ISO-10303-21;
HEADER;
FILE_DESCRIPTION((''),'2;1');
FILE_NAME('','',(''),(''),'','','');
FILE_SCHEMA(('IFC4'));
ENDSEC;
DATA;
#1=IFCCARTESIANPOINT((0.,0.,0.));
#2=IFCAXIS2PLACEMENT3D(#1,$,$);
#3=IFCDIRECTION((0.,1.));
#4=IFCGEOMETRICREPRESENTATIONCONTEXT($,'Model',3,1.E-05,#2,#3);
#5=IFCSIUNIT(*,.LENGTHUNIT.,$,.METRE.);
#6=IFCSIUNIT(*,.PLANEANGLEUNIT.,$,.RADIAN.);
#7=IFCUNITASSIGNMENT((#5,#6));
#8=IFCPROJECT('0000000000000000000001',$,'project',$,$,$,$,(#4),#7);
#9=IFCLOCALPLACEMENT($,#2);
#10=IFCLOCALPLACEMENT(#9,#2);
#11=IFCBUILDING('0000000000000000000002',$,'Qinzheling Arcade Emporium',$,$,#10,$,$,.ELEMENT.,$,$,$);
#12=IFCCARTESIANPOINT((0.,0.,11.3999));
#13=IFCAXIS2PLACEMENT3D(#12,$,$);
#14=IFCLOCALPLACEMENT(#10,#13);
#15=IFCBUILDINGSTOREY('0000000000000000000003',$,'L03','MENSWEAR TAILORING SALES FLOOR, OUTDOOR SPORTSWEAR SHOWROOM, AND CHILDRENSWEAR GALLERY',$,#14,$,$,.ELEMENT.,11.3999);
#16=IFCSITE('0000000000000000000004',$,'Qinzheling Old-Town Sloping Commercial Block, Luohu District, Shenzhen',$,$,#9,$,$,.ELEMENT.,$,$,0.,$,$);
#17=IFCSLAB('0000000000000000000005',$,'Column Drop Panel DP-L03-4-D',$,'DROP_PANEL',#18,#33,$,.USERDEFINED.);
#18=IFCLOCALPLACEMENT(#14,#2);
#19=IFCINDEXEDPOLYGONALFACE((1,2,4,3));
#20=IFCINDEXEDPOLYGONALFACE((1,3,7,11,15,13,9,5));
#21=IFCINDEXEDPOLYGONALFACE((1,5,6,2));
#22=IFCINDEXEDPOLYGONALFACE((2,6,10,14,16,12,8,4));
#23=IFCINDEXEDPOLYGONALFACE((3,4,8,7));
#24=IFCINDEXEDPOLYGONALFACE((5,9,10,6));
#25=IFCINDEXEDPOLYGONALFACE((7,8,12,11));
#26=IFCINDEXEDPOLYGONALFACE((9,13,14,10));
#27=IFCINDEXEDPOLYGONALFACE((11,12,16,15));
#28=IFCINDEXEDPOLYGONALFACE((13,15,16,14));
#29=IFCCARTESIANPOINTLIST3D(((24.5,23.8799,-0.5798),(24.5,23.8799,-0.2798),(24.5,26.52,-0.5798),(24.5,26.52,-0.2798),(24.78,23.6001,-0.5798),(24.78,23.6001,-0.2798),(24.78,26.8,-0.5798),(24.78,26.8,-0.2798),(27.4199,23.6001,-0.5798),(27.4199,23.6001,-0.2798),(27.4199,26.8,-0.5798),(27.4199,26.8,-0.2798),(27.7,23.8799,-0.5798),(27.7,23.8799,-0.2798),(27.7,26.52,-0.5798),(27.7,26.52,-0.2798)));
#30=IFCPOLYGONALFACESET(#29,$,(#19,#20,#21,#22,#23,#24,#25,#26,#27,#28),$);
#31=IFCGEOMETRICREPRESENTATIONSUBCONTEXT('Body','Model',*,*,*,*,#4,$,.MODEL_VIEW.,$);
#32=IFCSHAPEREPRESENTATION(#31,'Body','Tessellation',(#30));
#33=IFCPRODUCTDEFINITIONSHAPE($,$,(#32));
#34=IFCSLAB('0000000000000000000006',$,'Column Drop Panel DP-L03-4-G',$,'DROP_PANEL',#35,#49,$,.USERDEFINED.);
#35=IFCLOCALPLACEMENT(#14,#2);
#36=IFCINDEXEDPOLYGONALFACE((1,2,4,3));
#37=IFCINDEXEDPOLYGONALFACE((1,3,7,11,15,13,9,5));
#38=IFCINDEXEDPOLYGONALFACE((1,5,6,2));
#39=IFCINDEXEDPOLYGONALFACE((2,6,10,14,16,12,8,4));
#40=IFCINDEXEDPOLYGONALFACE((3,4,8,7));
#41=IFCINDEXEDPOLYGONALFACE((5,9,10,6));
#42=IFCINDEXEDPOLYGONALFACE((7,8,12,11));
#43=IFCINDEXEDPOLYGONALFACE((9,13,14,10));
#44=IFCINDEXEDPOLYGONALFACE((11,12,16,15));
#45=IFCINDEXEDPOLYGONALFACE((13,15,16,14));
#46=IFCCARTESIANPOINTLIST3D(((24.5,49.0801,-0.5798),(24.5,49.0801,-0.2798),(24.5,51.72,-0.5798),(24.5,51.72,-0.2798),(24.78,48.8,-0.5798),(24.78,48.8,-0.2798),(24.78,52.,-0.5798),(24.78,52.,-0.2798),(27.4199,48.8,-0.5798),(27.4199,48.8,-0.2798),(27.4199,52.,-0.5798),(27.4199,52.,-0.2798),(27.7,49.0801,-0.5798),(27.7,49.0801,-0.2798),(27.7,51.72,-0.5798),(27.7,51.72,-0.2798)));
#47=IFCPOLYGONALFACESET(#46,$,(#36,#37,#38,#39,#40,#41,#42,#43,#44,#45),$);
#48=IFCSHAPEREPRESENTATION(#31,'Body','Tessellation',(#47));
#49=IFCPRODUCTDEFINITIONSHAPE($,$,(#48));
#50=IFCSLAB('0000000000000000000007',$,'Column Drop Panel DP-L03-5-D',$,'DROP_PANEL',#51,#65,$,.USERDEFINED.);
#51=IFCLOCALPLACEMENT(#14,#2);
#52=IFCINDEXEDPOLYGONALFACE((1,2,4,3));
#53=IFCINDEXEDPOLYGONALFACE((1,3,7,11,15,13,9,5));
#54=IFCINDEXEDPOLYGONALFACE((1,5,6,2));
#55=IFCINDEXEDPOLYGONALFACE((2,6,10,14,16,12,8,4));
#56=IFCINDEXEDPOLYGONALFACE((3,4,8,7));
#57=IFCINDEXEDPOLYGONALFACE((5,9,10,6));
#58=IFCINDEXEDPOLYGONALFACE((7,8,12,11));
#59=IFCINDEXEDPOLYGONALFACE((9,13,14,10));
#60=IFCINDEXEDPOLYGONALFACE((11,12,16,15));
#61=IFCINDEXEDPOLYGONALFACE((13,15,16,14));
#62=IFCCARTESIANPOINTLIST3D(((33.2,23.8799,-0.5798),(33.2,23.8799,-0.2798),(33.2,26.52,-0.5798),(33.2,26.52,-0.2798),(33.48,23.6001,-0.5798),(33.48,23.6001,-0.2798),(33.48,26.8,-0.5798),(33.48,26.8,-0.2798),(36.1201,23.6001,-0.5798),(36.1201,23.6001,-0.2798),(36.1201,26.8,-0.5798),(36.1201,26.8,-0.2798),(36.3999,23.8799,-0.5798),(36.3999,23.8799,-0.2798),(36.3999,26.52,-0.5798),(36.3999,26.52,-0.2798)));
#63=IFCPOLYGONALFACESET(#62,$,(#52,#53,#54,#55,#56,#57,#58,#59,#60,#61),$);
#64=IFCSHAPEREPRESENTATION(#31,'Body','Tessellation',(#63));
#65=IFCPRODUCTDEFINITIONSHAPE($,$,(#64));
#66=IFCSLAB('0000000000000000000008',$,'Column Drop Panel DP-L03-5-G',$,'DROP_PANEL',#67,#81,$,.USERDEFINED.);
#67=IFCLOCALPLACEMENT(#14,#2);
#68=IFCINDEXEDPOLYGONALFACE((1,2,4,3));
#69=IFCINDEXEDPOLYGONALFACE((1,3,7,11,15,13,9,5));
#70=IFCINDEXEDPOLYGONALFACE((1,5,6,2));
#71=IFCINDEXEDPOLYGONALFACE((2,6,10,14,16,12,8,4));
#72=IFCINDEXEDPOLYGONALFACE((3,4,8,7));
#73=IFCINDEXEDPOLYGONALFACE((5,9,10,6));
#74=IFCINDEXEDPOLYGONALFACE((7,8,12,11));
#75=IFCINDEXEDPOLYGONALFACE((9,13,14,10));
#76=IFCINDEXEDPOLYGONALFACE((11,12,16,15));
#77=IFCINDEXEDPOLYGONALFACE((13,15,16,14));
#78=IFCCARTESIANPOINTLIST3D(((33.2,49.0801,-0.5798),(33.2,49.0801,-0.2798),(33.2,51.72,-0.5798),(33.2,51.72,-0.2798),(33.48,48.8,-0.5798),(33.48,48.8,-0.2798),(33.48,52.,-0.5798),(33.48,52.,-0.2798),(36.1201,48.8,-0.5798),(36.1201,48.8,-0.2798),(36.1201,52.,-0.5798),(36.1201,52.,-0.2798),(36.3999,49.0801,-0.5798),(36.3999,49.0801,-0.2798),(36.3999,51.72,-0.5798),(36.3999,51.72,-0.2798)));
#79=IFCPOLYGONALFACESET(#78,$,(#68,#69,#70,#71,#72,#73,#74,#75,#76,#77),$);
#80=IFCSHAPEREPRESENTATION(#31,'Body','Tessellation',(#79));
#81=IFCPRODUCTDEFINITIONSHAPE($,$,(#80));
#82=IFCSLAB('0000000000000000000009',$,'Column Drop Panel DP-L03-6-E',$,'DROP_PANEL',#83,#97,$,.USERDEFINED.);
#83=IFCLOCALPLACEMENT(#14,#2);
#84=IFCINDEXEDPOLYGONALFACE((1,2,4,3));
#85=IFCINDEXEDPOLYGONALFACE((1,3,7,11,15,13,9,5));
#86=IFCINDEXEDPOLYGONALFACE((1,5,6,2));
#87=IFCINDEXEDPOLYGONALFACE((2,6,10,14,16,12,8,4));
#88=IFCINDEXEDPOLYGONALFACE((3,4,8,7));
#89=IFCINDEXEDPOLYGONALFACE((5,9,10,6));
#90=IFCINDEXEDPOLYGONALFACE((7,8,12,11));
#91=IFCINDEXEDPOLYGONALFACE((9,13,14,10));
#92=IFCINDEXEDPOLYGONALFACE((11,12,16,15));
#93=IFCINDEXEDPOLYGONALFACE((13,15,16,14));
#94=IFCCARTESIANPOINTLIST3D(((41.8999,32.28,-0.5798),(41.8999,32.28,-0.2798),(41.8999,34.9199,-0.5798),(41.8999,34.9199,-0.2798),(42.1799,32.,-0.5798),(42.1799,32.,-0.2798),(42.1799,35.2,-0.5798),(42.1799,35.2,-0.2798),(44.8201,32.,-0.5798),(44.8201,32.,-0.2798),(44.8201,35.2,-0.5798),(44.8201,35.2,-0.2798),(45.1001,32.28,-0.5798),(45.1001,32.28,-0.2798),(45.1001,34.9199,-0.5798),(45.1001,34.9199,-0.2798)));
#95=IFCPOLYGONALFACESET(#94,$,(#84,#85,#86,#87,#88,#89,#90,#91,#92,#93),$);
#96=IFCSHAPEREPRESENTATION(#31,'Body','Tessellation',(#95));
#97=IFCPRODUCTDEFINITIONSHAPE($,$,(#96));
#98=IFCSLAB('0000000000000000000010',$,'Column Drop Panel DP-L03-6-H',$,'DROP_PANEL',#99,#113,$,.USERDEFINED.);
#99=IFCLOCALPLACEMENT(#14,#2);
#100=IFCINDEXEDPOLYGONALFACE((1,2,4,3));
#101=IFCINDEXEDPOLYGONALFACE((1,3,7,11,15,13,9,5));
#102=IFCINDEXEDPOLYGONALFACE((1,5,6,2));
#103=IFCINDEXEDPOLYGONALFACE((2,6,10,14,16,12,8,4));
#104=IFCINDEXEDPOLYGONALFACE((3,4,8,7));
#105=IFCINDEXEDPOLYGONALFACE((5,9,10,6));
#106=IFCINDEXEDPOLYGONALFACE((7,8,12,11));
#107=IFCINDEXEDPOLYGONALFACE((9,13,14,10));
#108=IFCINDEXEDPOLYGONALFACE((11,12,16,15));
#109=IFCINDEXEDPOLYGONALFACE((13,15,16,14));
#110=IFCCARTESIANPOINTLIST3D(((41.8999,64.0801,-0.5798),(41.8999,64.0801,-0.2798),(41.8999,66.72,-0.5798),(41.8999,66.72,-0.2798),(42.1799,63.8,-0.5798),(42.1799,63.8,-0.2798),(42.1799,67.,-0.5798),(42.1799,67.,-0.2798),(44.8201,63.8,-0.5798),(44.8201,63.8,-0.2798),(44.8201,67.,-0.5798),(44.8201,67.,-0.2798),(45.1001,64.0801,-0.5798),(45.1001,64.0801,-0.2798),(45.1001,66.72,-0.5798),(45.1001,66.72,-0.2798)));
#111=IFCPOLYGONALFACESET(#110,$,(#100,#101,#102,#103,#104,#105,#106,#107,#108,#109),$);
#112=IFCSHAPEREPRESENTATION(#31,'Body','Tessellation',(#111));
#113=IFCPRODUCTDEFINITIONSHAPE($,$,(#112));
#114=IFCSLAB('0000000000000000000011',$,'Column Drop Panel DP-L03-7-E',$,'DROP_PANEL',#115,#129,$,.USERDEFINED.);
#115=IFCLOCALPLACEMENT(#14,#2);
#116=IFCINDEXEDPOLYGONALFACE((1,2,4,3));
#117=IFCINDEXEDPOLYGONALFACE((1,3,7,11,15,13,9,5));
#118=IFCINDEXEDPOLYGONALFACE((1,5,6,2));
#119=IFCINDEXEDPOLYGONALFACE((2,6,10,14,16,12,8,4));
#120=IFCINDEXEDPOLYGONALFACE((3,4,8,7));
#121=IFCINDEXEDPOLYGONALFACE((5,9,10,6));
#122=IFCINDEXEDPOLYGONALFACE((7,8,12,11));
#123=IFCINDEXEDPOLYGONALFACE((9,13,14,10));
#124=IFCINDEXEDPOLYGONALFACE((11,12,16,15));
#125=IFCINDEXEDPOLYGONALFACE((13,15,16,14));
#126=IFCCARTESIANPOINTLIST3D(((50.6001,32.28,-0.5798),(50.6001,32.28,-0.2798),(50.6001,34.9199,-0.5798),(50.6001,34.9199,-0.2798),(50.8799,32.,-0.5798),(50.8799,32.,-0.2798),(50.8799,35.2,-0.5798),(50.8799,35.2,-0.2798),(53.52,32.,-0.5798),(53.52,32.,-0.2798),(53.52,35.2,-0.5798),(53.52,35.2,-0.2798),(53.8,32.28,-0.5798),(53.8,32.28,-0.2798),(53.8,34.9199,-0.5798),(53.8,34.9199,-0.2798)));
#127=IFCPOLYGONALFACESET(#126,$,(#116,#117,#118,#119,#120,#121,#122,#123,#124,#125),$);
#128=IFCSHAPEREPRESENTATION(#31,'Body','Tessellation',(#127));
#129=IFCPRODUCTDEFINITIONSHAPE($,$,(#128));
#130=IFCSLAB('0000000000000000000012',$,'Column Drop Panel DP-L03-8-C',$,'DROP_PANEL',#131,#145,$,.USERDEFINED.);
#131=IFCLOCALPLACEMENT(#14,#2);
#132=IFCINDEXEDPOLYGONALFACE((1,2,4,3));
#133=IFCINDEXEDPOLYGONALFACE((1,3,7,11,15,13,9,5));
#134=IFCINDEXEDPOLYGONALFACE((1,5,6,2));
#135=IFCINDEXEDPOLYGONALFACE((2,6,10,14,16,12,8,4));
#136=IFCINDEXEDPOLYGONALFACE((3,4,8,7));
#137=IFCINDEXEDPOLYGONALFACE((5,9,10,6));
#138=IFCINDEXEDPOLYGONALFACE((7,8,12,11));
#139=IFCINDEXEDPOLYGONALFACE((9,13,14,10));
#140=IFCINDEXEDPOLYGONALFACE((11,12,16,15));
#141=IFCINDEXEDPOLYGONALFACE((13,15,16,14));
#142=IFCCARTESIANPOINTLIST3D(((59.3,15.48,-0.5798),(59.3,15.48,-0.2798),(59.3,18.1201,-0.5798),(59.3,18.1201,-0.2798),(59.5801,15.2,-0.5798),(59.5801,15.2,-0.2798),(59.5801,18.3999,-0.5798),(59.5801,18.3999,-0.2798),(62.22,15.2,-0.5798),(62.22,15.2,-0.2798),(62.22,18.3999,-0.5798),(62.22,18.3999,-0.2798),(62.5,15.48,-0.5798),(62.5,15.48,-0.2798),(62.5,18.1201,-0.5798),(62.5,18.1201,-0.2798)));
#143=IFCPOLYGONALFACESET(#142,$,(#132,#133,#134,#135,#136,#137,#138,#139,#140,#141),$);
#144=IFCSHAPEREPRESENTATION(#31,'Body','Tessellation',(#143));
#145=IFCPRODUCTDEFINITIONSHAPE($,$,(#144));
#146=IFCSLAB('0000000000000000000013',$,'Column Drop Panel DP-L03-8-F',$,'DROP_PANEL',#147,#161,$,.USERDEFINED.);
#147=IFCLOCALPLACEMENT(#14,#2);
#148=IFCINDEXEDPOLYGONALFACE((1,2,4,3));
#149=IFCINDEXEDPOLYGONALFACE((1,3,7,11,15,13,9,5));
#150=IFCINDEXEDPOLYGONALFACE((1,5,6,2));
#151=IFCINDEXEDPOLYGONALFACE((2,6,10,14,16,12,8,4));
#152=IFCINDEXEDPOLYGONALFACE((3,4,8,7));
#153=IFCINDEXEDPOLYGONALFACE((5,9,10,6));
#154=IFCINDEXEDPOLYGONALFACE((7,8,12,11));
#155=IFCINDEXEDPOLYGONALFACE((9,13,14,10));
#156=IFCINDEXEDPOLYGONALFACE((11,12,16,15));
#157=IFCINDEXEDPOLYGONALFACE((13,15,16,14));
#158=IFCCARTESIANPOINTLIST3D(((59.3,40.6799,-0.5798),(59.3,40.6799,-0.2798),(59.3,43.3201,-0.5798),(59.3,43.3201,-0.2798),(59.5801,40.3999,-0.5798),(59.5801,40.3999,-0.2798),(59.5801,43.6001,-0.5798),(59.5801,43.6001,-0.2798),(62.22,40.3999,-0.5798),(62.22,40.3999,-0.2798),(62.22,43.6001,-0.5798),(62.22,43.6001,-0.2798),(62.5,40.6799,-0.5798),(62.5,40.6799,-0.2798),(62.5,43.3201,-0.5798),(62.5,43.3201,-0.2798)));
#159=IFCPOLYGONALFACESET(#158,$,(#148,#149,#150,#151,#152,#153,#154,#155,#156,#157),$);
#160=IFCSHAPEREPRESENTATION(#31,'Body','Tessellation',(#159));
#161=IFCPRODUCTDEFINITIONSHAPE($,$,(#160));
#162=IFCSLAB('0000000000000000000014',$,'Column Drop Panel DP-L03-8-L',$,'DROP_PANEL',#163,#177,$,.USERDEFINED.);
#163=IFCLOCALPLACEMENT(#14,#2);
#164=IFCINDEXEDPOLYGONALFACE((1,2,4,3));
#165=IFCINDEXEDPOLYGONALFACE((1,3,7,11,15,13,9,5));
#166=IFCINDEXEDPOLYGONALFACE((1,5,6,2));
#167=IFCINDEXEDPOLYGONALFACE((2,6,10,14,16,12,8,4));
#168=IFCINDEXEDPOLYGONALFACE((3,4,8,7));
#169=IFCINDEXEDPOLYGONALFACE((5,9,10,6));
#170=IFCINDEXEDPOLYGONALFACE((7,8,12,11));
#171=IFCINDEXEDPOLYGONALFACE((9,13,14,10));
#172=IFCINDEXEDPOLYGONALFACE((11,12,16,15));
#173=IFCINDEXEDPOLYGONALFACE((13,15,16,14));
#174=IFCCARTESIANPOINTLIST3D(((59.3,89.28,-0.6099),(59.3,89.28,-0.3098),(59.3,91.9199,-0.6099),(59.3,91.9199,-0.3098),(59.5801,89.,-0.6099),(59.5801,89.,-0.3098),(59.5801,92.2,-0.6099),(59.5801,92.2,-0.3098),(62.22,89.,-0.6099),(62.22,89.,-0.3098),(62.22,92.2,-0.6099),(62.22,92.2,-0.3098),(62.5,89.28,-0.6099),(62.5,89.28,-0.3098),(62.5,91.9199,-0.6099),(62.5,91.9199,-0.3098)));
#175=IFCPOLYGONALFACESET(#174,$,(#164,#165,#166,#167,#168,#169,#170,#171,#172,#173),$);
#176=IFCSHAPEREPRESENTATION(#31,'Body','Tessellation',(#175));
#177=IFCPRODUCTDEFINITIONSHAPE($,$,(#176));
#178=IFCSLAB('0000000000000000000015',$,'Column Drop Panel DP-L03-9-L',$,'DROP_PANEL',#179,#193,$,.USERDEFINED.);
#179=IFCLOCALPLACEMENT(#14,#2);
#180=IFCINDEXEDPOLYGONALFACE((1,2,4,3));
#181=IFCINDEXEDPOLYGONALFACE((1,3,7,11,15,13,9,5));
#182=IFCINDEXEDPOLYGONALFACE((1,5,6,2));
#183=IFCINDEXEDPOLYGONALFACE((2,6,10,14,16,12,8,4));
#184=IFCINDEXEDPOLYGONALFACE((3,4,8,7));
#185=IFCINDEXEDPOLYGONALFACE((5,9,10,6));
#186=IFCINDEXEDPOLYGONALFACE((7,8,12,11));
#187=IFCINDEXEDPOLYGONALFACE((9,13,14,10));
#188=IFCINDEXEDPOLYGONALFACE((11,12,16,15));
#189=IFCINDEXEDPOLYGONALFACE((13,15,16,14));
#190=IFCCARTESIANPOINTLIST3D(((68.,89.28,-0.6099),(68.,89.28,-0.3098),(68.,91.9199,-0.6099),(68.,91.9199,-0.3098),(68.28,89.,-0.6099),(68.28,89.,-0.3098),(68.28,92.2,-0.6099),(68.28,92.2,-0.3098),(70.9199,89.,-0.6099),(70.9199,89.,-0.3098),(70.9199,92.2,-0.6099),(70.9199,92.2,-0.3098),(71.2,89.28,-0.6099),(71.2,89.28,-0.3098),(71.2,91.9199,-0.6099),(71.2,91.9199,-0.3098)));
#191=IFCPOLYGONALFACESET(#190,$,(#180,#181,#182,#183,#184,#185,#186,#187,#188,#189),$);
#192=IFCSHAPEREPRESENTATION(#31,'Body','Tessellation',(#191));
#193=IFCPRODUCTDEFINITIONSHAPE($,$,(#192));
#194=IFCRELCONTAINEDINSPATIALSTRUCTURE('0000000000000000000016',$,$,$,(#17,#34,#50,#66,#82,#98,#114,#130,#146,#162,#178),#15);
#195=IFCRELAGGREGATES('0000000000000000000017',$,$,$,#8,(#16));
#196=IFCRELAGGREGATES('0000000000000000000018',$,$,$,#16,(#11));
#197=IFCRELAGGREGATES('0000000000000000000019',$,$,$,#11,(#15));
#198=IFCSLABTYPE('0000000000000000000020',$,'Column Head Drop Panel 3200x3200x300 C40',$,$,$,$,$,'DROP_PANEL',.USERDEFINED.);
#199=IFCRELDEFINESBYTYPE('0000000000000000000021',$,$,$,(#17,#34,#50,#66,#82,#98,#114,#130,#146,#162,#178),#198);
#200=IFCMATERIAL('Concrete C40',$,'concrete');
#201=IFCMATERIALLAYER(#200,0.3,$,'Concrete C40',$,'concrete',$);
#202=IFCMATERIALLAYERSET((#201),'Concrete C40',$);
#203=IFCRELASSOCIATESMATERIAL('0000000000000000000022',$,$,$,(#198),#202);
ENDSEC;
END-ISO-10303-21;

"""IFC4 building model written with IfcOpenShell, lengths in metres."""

from ifc_helpers import new_model, si_unit, direction, frame, origin, place, context, subcontext, project, spatial, polyline, outline, extrude, material, layer, layer_set, type_object, element, save


model = new_model("IFC4")

# Units and contexts
model_context = context("Model", 3, precision=1e-05, world=origin(), true_north=direction((0.0, 1.0)))
body_context = subcontext(model_context, "Body", "Model", "MODEL_VIEW")
ifc_project = project(units=[si_unit("LENGTHUNIT", "METRE"), si_unit("PLANEANGLEUNIT", "RADIAN")], contexts=[model_context])

# Site, building, storey
site_placement = place(None, origin())
site = spatial("IfcSite", under=ifc_project, at=site_placement, Name="Qinzheling Old-Town Sloping Commercial Block, Luohu District, Shenzhen", CompositionType="ELEMENT", RefElevation=0.0)
building_placement = place(site_placement, origin())
building = spatial("IfcBuilding", under=site, at=building_placement, Name="Qinzheling Arcade Emporium", CompositionType="ELEMENT")
storey_placement = place(building_placement, frame((0.0, 0.0, 11.3999)))
storey = spatial("IfcBuildingStorey", under=building, at=storey_placement, Name="L03", Description="MENSWEAR TAILORING SALES FLOOR, OUTDOOR SPORTSWEAR SHOWROOM, AND CHILDRENSWEAR GALLERY", CompositionType="ELEMENT", Elevation=11.3999)

# Slabs
ifc_material = material(Name="Concrete C40", Category="concrete")
ifc_layer_1 = layer(ifc_material, 0.3, Name="Concrete C40", Category="concrete")
ifc_layer_set_1 = layer_set([ifc_layer_1], Name="Concrete C40")
slab_type_1 = type_object("IfcSlabType", Name="Column Head Drop Panel 3200x3200x300 C40", ElementType="DROP_PANEL", PredefinedType="USERDEFINED", material=ifc_layer_set_1)
slab_1_placement = place(storey_placement, frame((0.0, 0.0, -0.5798)))
element("IfcSlab", 1, at=slab_1_placement, inside=storey, type_object=slab_type_1, Name="Column Drop Panel DP-L03-4-D", ObjectType="DROP_PANEL", PredefinedType="USERDEFINED", context=body_context, shape_type="SweptSolid", body=[
    extrude(outline(polyline([(24.78, 23.6001), (27.4199, 23.6001), (27.7, 23.8799), (27.7, 26.52), (27.4199, 26.8), (24.78, 26.8), (24.5, 26.52), (24.5, 23.8799), (24.78, 23.6001)])), origin(), (0.0, 0.0, 1.0), 0.3),
])
slab_2_placement = place(storey_placement, frame((0.0, 0.0, -0.5798)))
element("IfcSlab", 2, at=slab_2_placement, inside=storey, type_object=slab_type_1, Name="Column Drop Panel DP-L03-4-G", ObjectType="DROP_PANEL", PredefinedType="USERDEFINED", context=body_context, shape_type="SweptSolid", body=[
    extrude(outline(polyline([(24.78, 48.8), (27.4199, 48.8), (27.7, 49.0801), (27.7, 51.72), (27.4199, 52.0), (24.78, 52.0), (24.5, 51.72), (24.5, 49.0801), (24.78, 48.8)])), origin(), (0.0, 0.0, 1.0), 0.3),
])
slab_3_placement = place(storey_placement, frame((0.0, 0.0, -0.5798)))
element("IfcSlab", 3, at=slab_3_placement, inside=storey, type_object=slab_type_1, Name="Column Drop Panel DP-L03-5-D", ObjectType="DROP_PANEL", PredefinedType="USERDEFINED", context=body_context, shape_type="SweptSolid", body=[
    extrude(outline(polyline([(33.48, 23.6001), (36.1201, 23.6001), (36.3999, 23.8799), (36.3999, 26.52), (36.1201, 26.8), (33.48, 26.8), (33.2, 26.52), (33.2, 23.8799), (33.48, 23.6001)])), origin(), (0.0, 0.0, 1.0), 0.3),
])
slab_4_placement = place(storey_placement, frame((0.0, 0.0, -0.5798)))
element("IfcSlab", 4, at=slab_4_placement, inside=storey, type_object=slab_type_1, Name="Column Drop Panel DP-L03-5-G", ObjectType="DROP_PANEL", PredefinedType="USERDEFINED", context=body_context, shape_type="SweptSolid", body=[
    extrude(outline(polyline([(33.48, 48.8), (36.1201, 48.8), (36.3999, 49.0801), (36.3999, 51.72), (36.1201, 52.0), (33.48, 52.0), (33.2, 51.72), (33.2, 49.0801), (33.48, 48.8)])), origin(), (0.0, 0.0, 1.0), 0.3),
])
slab_5_placement = place(storey_placement, frame((0.0, 0.0, -0.5798)))
element("IfcSlab", 5, at=slab_5_placement, inside=storey, type_object=slab_type_1, Name="Column Drop Panel DP-L03-6-E", ObjectType="DROP_PANEL", PredefinedType="USERDEFINED", context=body_context, shape_type="SweptSolid", body=[
    extrude(outline(polyline([(42.1799, 32.0), (44.8201, 32.0), (45.1001, 32.28), (45.1001, 34.9199), (44.8201, 35.2), (42.1799, 35.2), (41.8999, 34.9199), (41.8999, 32.28), (42.1799, 32.0)])), origin(), (0.0, 0.0, 1.0), 0.3),
])
slab_6_placement = place(storey_placement, frame((0.0, 0.0, -0.5798)))
element("IfcSlab", 6, at=slab_6_placement, inside=storey, type_object=slab_type_1, Name="Column Drop Panel DP-L03-6-H", ObjectType="DROP_PANEL", PredefinedType="USERDEFINED", context=body_context, shape_type="SweptSolid", body=[
    extrude(outline(polyline([(42.1799, 63.8), (44.8201, 63.8), (45.1001, 64.0801), (45.1001, 66.72), (44.8201, 67.0), (42.1799, 67.0), (41.8999, 66.72), (41.8999, 64.0801), (42.1799, 63.8)])), origin(), (0.0, 0.0, 1.0), 0.3),
])
slab_7_placement = place(storey_placement, frame((0.0, 0.0, -0.5798)))
element("IfcSlab", 7, at=slab_7_placement, inside=storey, type_object=slab_type_1, Name="Column Drop Panel DP-L03-7-E", ObjectType="DROP_PANEL", PredefinedType="USERDEFINED", context=body_context, shape_type="SweptSolid", body=[
    extrude(outline(polyline([(50.8799, 32.0), (53.52, 32.0), (53.8, 32.28), (53.8, 34.9199), (53.52, 35.2), (50.8799, 35.2), (50.6001, 34.9199), (50.6001, 32.28), (50.8799, 32.0)])), origin(), (0.0, 0.0, 1.0), 0.3),
])
slab_8_placement = place(storey_placement, frame((0.0, 0.0, -0.5798)))
element("IfcSlab", 8, at=slab_8_placement, inside=storey, type_object=slab_type_1, Name="Column Drop Panel DP-L03-8-C", ObjectType="DROP_PANEL", PredefinedType="USERDEFINED", context=body_context, shape_type="SweptSolid", body=[
    extrude(outline(polyline([(59.5801, 15.2), (62.22, 15.2), (62.5, 15.48), (62.5, 18.1201), (62.22, 18.3999), (59.5801, 18.3999), (59.3, 18.1201), (59.3, 15.48), (59.5801, 15.2)])), origin(), (0.0, 0.0, 1.0), 0.3),
])
slab_9_placement = place(storey_placement, frame((0.0, 0.0, -0.5798)))
element("IfcSlab", 9, at=slab_9_placement, inside=storey, type_object=slab_type_1, Name="Column Drop Panel DP-L03-8-F", ObjectType="DROP_PANEL", PredefinedType="USERDEFINED", context=body_context, shape_type="SweptSolid", body=[
    extrude(outline(polyline([(59.5801, 40.3999), (62.22, 40.3999), (62.5, 40.6799), (62.5, 43.3201), (62.22, 43.6001), (59.5801, 43.6001), (59.3, 43.3201), (59.3, 40.6799), (59.5801, 40.3999)])), origin(), (0.0, 0.0, 1.0), 0.3),
])
slab_10_placement = place(storey_placement, frame((0.0, 0.0, -0.6099)))
element("IfcSlab", 10, at=slab_10_placement, inside=storey, type_object=slab_type_1, Name="Column Drop Panel DP-L03-8-L", ObjectType="DROP_PANEL", PredefinedType="USERDEFINED", context=body_context, shape_type="SweptSolid", body=[
    extrude(outline(polyline([(59.5801, 89.0), (62.22, 89.0), (62.5, 89.28), (62.5, 91.9199), (62.22, 92.2), (59.5801, 92.2), (59.3, 91.9199), (59.3, 89.28), (59.5801, 89.0)])), origin(), (0.0, 0.0, 1.0), 0.3),
])
slab_11_placement = place(storey_placement, frame((0.0, 0.0, -0.6099)))
element("IfcSlab", 11, at=slab_11_placement, inside=storey, type_object=slab_type_1, Name="Column Drop Panel DP-L03-9-L", ObjectType="DROP_PANEL", PredefinedType="USERDEFINED", context=body_context, shape_type="SweptSolid", body=[
    extrude(outline(polyline([(68.28, 89.0), (70.9199, 89.0), (71.2, 89.28), (71.2, 91.9199), (70.9199, 92.2), (68.28, 92.2), (68.0, 91.9199), (68.0, 89.28), (68.28, 89.0)])), origin(), (0.0, 0.0, 1.0), 0.3),
])

save(model, "model.ifc")
